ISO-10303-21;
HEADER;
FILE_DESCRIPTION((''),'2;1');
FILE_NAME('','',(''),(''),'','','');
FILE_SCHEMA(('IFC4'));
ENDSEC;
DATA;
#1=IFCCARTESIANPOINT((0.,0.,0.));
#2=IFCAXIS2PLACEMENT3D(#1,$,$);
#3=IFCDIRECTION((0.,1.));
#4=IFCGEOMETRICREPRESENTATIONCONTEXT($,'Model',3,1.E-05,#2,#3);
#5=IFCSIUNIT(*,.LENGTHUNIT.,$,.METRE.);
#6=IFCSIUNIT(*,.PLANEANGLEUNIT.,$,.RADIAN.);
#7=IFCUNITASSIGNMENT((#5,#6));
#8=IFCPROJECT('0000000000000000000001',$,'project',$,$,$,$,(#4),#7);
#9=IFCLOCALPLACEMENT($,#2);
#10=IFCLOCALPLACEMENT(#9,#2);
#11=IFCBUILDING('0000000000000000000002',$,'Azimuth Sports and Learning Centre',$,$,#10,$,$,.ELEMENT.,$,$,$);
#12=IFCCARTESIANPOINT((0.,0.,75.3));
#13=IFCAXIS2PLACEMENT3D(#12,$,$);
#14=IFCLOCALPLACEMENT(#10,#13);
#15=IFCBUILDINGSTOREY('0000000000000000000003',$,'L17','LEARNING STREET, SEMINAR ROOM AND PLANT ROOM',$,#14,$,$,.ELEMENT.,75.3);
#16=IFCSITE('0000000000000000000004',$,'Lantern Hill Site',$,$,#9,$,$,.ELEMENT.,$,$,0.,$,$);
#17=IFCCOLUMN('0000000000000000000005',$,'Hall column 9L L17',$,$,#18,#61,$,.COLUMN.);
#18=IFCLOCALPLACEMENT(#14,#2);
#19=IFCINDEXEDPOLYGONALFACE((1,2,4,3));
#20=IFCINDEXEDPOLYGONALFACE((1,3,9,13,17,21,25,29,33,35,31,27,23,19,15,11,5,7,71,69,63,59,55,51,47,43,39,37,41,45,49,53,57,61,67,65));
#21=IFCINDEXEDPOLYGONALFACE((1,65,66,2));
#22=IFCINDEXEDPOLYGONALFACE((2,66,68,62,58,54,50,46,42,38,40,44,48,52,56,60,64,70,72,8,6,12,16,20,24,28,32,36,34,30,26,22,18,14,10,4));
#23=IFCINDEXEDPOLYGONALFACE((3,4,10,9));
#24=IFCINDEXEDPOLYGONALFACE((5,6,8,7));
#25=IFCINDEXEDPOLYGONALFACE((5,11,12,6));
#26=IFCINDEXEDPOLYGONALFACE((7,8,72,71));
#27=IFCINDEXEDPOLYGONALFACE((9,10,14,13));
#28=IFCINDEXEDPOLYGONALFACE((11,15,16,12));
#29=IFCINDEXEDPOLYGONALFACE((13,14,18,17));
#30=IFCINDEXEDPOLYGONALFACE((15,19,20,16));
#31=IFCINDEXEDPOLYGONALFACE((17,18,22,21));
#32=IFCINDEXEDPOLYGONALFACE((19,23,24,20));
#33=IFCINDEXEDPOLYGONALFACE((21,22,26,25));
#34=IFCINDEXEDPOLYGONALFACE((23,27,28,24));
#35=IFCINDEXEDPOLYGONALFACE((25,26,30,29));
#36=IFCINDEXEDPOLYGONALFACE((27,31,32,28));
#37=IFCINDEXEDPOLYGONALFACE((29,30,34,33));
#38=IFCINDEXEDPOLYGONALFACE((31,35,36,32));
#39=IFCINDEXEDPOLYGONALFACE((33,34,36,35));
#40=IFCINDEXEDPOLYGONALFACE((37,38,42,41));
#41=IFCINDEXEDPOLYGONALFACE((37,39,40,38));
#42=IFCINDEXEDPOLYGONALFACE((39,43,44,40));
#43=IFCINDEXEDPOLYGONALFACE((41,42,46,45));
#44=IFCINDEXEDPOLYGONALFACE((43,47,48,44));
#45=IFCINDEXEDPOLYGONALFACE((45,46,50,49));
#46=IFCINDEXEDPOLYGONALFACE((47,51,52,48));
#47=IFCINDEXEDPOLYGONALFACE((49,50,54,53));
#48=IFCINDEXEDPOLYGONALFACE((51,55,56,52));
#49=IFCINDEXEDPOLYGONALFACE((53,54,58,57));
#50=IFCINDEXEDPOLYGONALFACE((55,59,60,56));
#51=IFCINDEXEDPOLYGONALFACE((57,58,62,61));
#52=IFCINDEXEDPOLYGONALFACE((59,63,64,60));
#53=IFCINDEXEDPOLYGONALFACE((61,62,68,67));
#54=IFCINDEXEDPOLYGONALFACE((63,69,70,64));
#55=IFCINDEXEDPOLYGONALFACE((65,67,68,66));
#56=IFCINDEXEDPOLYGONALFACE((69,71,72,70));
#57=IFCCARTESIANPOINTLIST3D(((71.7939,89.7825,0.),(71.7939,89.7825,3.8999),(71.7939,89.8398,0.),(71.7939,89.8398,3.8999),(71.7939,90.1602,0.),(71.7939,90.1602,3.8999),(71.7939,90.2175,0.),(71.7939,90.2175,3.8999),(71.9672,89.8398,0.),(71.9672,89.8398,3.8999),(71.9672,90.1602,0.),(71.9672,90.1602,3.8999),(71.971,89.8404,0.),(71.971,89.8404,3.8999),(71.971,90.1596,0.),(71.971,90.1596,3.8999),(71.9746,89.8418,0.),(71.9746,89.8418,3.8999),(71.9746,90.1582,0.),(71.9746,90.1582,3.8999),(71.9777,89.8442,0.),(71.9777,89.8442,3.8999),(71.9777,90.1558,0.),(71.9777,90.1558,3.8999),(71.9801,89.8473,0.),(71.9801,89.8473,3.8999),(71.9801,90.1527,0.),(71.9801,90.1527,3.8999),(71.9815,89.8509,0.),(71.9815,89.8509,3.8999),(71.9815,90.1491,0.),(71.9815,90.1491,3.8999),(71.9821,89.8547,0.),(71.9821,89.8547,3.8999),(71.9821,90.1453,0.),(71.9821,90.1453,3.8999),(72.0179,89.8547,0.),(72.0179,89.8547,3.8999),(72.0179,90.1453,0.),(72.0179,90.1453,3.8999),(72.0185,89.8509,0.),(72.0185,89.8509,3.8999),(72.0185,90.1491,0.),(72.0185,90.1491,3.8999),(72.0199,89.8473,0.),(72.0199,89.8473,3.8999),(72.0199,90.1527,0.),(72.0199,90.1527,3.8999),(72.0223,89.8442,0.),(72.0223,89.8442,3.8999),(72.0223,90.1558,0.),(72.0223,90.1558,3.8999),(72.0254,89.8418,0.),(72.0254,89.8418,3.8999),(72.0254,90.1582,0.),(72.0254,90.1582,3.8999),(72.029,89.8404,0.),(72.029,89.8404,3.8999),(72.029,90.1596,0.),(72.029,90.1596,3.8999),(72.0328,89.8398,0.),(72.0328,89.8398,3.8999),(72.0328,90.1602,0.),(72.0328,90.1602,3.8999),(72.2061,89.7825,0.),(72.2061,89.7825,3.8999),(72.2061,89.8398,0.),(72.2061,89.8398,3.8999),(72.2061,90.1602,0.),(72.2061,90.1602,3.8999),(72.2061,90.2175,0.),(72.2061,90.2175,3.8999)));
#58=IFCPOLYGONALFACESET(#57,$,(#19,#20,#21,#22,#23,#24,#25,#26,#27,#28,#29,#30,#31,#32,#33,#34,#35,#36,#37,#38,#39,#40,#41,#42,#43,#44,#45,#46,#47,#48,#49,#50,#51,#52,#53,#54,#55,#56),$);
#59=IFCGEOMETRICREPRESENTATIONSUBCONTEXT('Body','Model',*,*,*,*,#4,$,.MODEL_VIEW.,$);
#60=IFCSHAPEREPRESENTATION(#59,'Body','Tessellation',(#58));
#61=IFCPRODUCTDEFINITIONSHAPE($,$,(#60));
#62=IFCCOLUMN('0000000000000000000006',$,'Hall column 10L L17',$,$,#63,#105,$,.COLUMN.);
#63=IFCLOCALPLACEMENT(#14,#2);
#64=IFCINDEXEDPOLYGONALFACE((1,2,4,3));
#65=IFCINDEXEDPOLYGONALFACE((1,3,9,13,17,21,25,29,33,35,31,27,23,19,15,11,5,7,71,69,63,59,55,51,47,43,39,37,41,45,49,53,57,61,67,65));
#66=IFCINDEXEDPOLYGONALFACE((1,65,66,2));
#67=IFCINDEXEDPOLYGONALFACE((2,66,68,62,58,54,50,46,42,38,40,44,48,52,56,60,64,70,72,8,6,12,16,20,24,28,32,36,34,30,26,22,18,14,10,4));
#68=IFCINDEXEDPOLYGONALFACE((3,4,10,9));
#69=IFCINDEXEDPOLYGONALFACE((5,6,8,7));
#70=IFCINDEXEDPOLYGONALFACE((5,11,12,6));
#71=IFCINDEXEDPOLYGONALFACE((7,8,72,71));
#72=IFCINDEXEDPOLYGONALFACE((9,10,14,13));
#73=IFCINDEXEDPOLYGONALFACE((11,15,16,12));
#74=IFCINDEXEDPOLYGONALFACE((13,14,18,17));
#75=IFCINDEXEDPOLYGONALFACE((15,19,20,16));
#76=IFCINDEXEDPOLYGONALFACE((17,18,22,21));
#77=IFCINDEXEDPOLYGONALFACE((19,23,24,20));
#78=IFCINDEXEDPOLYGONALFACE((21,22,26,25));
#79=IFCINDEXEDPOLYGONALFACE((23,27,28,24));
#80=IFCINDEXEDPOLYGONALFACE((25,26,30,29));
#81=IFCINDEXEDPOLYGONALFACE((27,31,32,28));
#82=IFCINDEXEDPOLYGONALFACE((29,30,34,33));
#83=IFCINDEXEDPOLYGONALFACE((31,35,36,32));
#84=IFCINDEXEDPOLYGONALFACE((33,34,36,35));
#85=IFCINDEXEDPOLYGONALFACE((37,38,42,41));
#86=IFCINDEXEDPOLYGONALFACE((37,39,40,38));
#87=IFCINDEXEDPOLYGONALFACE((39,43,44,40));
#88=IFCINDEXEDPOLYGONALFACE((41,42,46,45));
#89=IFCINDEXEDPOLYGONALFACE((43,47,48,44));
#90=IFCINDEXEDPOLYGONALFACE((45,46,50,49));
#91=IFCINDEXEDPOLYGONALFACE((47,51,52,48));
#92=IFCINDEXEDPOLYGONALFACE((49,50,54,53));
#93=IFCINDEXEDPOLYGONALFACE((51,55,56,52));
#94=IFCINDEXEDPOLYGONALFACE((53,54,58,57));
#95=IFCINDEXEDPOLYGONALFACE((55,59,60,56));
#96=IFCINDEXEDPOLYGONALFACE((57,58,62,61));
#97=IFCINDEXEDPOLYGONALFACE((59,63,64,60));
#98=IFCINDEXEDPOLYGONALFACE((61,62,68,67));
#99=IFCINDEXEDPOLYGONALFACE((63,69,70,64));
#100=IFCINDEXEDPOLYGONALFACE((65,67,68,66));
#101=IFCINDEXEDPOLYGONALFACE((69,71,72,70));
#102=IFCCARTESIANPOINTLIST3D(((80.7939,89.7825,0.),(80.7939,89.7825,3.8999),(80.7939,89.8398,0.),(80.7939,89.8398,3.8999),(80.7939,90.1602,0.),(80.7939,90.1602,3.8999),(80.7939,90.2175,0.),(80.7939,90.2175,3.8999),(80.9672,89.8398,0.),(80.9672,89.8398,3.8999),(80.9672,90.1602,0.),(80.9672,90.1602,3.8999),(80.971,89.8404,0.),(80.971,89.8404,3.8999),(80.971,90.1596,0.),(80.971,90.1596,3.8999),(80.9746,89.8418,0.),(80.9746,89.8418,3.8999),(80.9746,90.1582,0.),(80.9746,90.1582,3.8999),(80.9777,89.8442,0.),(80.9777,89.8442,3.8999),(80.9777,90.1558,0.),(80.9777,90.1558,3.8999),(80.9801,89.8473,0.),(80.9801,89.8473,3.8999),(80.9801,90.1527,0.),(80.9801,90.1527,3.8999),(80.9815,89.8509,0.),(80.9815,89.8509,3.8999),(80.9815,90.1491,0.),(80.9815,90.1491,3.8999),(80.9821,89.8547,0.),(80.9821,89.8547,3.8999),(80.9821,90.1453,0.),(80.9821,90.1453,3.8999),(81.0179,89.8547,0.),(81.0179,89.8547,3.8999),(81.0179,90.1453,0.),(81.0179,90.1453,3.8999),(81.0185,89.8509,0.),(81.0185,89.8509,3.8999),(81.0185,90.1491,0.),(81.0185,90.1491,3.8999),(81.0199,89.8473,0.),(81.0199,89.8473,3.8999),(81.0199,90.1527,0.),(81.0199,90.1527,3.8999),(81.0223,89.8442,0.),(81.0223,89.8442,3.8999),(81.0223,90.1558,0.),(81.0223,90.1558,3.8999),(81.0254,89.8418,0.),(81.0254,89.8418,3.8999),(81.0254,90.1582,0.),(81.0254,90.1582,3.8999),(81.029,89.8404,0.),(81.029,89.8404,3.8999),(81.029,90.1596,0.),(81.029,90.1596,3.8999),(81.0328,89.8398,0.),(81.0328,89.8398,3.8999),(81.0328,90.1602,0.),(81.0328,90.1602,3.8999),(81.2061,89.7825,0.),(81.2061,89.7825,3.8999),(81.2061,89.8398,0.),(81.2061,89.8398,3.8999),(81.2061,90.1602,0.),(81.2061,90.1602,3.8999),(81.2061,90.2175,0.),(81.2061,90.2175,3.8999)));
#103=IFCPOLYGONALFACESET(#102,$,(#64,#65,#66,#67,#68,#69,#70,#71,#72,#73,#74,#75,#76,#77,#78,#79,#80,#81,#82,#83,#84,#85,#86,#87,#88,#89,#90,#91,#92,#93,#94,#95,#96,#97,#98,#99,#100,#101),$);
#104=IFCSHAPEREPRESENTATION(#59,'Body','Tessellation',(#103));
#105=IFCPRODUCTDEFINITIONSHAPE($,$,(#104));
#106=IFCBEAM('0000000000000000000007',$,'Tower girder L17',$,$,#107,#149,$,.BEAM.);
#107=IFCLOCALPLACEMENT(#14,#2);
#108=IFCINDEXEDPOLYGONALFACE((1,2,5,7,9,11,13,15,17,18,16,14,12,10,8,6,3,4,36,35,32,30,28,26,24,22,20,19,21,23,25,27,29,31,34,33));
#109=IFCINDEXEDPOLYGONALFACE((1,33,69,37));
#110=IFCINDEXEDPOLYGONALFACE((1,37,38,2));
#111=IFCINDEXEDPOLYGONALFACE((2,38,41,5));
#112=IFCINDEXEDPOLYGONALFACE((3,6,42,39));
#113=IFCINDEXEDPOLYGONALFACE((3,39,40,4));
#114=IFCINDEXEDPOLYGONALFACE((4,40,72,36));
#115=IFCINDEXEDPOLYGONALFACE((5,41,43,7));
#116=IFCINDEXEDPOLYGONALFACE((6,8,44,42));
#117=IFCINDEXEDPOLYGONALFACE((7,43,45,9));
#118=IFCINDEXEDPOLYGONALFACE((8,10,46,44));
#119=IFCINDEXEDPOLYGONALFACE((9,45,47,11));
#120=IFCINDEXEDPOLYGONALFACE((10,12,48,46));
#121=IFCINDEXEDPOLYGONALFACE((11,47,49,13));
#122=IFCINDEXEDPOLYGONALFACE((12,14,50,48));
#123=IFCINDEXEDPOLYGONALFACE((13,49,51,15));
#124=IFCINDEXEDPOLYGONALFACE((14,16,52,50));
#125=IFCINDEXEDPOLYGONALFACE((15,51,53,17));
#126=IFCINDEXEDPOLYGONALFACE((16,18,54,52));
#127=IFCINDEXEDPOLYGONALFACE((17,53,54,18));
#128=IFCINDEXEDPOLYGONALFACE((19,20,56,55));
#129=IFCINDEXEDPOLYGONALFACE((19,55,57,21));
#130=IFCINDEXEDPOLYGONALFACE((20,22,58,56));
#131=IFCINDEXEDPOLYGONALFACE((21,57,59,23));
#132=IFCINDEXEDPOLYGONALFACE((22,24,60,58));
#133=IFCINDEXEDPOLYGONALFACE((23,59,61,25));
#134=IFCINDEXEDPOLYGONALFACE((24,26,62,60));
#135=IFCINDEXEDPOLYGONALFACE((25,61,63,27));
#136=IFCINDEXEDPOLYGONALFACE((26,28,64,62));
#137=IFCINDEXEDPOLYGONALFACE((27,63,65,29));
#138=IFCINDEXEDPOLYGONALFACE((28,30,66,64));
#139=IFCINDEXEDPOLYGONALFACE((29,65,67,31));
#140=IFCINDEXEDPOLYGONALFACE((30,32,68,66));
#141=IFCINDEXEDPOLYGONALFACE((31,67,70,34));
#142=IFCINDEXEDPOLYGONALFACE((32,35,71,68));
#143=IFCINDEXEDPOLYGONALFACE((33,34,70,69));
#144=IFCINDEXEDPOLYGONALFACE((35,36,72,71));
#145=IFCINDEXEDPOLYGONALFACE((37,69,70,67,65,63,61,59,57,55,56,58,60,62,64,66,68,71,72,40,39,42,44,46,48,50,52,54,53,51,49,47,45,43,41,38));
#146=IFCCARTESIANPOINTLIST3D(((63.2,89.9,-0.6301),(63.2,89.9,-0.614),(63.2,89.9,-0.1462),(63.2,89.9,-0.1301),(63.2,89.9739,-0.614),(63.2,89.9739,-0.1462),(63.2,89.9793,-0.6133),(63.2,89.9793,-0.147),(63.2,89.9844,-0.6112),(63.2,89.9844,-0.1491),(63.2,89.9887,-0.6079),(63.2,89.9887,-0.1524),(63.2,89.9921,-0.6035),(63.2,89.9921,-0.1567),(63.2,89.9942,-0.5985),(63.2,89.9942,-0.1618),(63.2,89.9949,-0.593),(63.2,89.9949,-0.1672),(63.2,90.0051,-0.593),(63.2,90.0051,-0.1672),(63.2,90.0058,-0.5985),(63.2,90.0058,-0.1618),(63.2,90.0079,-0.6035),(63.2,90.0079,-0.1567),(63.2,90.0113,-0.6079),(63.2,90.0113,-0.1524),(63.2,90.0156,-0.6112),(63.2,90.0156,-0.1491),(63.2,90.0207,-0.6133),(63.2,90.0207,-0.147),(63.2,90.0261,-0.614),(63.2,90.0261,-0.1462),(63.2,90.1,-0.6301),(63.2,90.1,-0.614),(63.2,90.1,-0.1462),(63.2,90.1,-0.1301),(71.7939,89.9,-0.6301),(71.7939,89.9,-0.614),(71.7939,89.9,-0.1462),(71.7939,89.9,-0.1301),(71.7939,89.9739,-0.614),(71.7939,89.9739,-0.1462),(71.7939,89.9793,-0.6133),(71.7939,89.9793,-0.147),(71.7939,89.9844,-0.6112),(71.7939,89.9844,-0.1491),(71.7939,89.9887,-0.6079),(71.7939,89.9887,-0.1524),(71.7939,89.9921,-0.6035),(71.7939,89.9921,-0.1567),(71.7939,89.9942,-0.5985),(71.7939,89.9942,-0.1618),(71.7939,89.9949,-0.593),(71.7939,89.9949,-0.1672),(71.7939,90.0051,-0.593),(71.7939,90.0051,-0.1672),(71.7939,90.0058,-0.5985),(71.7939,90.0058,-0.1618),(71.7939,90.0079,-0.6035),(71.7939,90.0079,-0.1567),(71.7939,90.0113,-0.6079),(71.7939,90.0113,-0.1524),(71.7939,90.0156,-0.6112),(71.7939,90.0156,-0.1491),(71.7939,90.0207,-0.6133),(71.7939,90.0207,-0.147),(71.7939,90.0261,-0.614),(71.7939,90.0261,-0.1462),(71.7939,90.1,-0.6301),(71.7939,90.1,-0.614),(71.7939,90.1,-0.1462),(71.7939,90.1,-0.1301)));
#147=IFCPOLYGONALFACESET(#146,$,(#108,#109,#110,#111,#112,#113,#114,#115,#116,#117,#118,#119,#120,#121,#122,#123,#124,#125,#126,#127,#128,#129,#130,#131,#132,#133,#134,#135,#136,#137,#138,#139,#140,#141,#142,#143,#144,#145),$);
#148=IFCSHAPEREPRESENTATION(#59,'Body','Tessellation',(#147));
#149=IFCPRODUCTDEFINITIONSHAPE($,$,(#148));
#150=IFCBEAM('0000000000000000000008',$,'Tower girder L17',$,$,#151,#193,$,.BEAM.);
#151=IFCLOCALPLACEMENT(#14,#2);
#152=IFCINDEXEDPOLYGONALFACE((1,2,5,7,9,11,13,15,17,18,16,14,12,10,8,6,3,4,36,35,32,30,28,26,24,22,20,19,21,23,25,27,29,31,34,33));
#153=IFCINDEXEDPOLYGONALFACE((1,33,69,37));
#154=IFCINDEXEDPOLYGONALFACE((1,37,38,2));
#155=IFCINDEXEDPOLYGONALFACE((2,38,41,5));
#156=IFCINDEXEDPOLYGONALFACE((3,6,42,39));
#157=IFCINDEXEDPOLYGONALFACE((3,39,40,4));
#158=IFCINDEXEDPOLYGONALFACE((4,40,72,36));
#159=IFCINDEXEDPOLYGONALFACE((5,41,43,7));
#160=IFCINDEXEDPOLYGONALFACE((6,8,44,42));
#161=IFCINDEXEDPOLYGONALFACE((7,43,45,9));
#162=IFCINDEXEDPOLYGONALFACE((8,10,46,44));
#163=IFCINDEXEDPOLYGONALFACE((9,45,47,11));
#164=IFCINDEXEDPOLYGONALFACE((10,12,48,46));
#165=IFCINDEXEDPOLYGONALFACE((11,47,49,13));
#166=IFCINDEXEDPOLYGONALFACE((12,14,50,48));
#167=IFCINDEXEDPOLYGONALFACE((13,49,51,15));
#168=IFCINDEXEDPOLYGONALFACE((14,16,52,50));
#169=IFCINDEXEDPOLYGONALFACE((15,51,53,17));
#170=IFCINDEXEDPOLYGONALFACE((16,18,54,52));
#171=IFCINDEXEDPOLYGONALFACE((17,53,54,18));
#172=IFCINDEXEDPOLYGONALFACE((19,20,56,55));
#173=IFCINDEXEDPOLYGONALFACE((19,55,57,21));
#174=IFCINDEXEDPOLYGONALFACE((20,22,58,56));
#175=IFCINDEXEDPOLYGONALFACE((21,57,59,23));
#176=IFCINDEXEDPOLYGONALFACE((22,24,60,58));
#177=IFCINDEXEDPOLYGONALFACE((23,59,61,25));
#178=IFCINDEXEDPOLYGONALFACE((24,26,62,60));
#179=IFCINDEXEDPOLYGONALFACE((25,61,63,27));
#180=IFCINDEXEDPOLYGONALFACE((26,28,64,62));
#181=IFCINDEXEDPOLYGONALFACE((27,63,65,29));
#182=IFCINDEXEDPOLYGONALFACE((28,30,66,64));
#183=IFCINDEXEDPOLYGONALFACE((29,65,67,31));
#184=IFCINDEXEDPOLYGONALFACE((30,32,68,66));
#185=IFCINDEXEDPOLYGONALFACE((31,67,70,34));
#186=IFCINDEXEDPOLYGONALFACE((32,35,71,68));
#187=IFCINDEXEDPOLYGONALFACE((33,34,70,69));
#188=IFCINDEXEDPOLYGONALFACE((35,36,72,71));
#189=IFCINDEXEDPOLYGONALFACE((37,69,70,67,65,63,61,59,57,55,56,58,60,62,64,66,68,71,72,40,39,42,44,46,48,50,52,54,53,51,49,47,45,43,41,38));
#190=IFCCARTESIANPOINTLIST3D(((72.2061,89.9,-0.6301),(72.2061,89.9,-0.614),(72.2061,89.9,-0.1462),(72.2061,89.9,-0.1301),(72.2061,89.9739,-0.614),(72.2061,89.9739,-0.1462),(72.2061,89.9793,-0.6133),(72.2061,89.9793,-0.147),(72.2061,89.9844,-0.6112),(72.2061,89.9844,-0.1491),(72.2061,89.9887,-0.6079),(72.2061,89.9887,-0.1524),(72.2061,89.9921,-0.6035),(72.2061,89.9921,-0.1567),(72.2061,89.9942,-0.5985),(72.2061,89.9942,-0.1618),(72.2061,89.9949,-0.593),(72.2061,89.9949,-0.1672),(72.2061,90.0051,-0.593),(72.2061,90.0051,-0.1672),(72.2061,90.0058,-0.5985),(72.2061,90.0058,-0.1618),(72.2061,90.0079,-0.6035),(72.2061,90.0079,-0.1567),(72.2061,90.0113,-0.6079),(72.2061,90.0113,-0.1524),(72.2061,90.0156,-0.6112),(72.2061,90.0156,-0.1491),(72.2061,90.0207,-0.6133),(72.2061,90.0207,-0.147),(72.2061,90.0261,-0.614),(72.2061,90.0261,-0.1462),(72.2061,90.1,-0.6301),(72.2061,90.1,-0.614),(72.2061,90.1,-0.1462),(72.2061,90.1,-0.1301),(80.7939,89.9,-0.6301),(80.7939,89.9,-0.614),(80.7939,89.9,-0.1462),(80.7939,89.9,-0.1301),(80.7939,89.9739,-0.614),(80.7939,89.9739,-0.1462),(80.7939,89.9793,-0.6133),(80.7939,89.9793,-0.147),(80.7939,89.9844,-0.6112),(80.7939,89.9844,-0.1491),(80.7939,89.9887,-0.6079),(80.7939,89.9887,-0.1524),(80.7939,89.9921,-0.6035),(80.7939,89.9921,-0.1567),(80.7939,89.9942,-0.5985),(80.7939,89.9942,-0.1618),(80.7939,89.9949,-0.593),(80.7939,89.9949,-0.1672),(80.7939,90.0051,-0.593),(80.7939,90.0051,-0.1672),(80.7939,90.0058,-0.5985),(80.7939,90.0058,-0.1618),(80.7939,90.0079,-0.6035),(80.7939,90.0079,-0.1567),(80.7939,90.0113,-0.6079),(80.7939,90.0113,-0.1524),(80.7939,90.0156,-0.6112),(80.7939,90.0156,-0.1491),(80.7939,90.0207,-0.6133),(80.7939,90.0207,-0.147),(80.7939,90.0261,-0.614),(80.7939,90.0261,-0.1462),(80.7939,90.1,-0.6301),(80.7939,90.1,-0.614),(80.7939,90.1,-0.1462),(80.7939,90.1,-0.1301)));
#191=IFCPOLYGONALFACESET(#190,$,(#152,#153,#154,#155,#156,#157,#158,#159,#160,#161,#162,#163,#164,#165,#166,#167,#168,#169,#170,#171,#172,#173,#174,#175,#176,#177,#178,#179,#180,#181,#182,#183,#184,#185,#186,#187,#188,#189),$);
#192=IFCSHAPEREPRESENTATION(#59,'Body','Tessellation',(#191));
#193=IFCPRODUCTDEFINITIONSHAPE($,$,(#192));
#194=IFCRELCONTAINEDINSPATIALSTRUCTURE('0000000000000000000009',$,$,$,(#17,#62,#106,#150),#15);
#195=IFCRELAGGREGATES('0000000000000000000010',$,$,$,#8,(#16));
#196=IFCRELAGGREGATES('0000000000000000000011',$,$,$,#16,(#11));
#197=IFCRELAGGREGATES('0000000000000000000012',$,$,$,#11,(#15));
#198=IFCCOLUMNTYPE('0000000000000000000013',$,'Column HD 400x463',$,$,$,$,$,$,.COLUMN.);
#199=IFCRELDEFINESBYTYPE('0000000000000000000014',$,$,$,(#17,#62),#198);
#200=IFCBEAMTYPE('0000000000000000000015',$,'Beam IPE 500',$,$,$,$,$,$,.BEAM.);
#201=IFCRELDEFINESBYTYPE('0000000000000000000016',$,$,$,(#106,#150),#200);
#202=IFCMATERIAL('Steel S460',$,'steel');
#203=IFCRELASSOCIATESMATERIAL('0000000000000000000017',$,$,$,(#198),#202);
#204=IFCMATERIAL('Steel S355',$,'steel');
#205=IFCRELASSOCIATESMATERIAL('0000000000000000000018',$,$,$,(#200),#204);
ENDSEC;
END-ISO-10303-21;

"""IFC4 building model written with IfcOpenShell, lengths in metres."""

from ifc_helpers import new_model, si_unit, direction, frame, origin, origin_2d, place, context, subcontext, project, spatial, i_section, extrude, material, material_profile, profile_set, type_object, element, save


model = new_model("IFC4")

# Units and contexts
model_context = context("Model", 3, precision=1e-05, world=origin(), true_north=direction((0.0, 1.0)))
body_context = subcontext(model_context, "Body", "Model", "MODEL_VIEW")
ifc_project = project(units=[si_unit("LENGTHUNIT", "METRE"), si_unit("PLANEANGLEUNIT", "RADIAN")], contexts=[model_context])

# Site, building, storey
site_placement = place(None, origin())
site = spatial("IfcSite", under=ifc_project, at=site_placement, Name="Lantern Hill Site", CompositionType="ELEMENT", RefElevation=0.0)
building_placement = place(site_placement, origin())
building = spatial("IfcBuilding", under=site, at=building_placement, Name="Azimuth Sports and Learning Centre", CompositionType="ELEMENT")
storey_placement = place(building_placement, frame((0.0, 0.0, 75.3)))
storey = spatial("IfcBuildingStorey", under=building, at=storey_placement, Name="L17", Description="LEARNING STREET, SEMINAR ROOM AND PLANT ROOM", CompositionType="ELEMENT", Elevation=75.3)

# Columns
ifc_material_1 = material(Name="Steel S460", Category="steel")
ifc_material_profile_1 = material_profile(ifc_material_1, i_section(OverallWidth=0.4121, OverallDepth=0.4351, WebThickness=0.0359, FlangeThickness=0.0574, FilletRadius=0.0149, at=origin_2d()), Name="HD 400x463")
ifc_profile_set_1 = profile_set([ifc_material_profile_1], Name="Steel S460")
column_type = type_object("IfcColumnType", Name="Column HD 400x463", PredefinedType="COLUMN", material=ifc_profile_set_1)
for number, where, z_axis, x_axis, name in (
    (1, (72.0, 90.0, 0.0), (0.0, 0.0, 1.0), (1.0, 0.0, 0.0), "Hall column 9L L17"),
    (2, (81.0, 90.0, 0.0), (0.0, 0.0, 1.0), (1.0, 0.0, 0.0), "Hall column 10L L17"),
):
    element("IfcColumn", number, at=place(storey_placement, frame(where, z_axis=z_axis, x_axis=x_axis)), inside=storey, type_object=column_type, Name=name, PredefinedType="COLUMN", context=body_context, shape_type="SweptSolid", body=[
        extrude(i_section(OverallWidth=0.4121, OverallDepth=0.4351, WebThickness=0.0359, FlangeThickness=0.0574, FilletRadius=0.0149, at=origin_2d()), origin(), (0.0, 0.0, 1.0), 3.8999),
    ])

# Beams
ifc_material_2 = material(Name="Steel S355", Category="steel")
ifc_material_profile_2 = material_profile(ifc_material_2, i_section(OverallWidth=0.2, OverallDepth=0.5, WebThickness=0.0103, FlangeThickness=0.0161, FilletRadius=0.021, at=origin_2d()), Name="IPE 500")
ifc_profile_set_2 = profile_set([ifc_material_profile_2], Name="Steel S355")
beam_type_1 = type_object("IfcBeamType", Name="Beam IPE 500", PredefinedType="BEAM", material=ifc_profile_set_2)
beam_1_placement = place(storey_placement, frame((63.2, 90.0, -0.3801), z_axis=(1.0, 0.0, 0.0), x_axis=(0.0, 1.0, 0.0)))
element("IfcBeam", 3, at=beam_1_placement, inside=storey, type_object=beam_type_1, Name="Tower girder L17", PredefinedType="BEAM", context=body_context, shape_type="SweptSolid", body=[
    extrude(i_section(OverallWidth=0.2, OverallDepth=0.5, WebThickness=0.0103, FlangeThickness=0.0161, FilletRadius=0.021, at=origin_2d()), origin(), (0.0, 0.0, 1.0), 8.594),
])
for number, where, z_axis, x_axis, name in (
    (4, (72.2061, 90.0, -0.3801), (1.0, 0.0, 0.0), (0.0, 1.0, 0.0), "Tower girder L17"),
):
    element("IfcBeam", number, at=place(storey_placement, frame(where, z_axis=z_axis, x_axis=x_axis)), inside=storey, type_object=beam_type_1, Name=name, PredefinedType="BEAM", context=body_context, shape_type="SweptSolid", body=[
        extrude(i_section(OverallWidth=0.2, OverallDepth=0.5, WebThickness=0.0103, FlangeThickness=0.0161, FilletRadius=0.021, at=origin_2d()), origin(), (0.0, 0.0, 1.0), 8.5879),
    ])

save(model, "model.ifc")
